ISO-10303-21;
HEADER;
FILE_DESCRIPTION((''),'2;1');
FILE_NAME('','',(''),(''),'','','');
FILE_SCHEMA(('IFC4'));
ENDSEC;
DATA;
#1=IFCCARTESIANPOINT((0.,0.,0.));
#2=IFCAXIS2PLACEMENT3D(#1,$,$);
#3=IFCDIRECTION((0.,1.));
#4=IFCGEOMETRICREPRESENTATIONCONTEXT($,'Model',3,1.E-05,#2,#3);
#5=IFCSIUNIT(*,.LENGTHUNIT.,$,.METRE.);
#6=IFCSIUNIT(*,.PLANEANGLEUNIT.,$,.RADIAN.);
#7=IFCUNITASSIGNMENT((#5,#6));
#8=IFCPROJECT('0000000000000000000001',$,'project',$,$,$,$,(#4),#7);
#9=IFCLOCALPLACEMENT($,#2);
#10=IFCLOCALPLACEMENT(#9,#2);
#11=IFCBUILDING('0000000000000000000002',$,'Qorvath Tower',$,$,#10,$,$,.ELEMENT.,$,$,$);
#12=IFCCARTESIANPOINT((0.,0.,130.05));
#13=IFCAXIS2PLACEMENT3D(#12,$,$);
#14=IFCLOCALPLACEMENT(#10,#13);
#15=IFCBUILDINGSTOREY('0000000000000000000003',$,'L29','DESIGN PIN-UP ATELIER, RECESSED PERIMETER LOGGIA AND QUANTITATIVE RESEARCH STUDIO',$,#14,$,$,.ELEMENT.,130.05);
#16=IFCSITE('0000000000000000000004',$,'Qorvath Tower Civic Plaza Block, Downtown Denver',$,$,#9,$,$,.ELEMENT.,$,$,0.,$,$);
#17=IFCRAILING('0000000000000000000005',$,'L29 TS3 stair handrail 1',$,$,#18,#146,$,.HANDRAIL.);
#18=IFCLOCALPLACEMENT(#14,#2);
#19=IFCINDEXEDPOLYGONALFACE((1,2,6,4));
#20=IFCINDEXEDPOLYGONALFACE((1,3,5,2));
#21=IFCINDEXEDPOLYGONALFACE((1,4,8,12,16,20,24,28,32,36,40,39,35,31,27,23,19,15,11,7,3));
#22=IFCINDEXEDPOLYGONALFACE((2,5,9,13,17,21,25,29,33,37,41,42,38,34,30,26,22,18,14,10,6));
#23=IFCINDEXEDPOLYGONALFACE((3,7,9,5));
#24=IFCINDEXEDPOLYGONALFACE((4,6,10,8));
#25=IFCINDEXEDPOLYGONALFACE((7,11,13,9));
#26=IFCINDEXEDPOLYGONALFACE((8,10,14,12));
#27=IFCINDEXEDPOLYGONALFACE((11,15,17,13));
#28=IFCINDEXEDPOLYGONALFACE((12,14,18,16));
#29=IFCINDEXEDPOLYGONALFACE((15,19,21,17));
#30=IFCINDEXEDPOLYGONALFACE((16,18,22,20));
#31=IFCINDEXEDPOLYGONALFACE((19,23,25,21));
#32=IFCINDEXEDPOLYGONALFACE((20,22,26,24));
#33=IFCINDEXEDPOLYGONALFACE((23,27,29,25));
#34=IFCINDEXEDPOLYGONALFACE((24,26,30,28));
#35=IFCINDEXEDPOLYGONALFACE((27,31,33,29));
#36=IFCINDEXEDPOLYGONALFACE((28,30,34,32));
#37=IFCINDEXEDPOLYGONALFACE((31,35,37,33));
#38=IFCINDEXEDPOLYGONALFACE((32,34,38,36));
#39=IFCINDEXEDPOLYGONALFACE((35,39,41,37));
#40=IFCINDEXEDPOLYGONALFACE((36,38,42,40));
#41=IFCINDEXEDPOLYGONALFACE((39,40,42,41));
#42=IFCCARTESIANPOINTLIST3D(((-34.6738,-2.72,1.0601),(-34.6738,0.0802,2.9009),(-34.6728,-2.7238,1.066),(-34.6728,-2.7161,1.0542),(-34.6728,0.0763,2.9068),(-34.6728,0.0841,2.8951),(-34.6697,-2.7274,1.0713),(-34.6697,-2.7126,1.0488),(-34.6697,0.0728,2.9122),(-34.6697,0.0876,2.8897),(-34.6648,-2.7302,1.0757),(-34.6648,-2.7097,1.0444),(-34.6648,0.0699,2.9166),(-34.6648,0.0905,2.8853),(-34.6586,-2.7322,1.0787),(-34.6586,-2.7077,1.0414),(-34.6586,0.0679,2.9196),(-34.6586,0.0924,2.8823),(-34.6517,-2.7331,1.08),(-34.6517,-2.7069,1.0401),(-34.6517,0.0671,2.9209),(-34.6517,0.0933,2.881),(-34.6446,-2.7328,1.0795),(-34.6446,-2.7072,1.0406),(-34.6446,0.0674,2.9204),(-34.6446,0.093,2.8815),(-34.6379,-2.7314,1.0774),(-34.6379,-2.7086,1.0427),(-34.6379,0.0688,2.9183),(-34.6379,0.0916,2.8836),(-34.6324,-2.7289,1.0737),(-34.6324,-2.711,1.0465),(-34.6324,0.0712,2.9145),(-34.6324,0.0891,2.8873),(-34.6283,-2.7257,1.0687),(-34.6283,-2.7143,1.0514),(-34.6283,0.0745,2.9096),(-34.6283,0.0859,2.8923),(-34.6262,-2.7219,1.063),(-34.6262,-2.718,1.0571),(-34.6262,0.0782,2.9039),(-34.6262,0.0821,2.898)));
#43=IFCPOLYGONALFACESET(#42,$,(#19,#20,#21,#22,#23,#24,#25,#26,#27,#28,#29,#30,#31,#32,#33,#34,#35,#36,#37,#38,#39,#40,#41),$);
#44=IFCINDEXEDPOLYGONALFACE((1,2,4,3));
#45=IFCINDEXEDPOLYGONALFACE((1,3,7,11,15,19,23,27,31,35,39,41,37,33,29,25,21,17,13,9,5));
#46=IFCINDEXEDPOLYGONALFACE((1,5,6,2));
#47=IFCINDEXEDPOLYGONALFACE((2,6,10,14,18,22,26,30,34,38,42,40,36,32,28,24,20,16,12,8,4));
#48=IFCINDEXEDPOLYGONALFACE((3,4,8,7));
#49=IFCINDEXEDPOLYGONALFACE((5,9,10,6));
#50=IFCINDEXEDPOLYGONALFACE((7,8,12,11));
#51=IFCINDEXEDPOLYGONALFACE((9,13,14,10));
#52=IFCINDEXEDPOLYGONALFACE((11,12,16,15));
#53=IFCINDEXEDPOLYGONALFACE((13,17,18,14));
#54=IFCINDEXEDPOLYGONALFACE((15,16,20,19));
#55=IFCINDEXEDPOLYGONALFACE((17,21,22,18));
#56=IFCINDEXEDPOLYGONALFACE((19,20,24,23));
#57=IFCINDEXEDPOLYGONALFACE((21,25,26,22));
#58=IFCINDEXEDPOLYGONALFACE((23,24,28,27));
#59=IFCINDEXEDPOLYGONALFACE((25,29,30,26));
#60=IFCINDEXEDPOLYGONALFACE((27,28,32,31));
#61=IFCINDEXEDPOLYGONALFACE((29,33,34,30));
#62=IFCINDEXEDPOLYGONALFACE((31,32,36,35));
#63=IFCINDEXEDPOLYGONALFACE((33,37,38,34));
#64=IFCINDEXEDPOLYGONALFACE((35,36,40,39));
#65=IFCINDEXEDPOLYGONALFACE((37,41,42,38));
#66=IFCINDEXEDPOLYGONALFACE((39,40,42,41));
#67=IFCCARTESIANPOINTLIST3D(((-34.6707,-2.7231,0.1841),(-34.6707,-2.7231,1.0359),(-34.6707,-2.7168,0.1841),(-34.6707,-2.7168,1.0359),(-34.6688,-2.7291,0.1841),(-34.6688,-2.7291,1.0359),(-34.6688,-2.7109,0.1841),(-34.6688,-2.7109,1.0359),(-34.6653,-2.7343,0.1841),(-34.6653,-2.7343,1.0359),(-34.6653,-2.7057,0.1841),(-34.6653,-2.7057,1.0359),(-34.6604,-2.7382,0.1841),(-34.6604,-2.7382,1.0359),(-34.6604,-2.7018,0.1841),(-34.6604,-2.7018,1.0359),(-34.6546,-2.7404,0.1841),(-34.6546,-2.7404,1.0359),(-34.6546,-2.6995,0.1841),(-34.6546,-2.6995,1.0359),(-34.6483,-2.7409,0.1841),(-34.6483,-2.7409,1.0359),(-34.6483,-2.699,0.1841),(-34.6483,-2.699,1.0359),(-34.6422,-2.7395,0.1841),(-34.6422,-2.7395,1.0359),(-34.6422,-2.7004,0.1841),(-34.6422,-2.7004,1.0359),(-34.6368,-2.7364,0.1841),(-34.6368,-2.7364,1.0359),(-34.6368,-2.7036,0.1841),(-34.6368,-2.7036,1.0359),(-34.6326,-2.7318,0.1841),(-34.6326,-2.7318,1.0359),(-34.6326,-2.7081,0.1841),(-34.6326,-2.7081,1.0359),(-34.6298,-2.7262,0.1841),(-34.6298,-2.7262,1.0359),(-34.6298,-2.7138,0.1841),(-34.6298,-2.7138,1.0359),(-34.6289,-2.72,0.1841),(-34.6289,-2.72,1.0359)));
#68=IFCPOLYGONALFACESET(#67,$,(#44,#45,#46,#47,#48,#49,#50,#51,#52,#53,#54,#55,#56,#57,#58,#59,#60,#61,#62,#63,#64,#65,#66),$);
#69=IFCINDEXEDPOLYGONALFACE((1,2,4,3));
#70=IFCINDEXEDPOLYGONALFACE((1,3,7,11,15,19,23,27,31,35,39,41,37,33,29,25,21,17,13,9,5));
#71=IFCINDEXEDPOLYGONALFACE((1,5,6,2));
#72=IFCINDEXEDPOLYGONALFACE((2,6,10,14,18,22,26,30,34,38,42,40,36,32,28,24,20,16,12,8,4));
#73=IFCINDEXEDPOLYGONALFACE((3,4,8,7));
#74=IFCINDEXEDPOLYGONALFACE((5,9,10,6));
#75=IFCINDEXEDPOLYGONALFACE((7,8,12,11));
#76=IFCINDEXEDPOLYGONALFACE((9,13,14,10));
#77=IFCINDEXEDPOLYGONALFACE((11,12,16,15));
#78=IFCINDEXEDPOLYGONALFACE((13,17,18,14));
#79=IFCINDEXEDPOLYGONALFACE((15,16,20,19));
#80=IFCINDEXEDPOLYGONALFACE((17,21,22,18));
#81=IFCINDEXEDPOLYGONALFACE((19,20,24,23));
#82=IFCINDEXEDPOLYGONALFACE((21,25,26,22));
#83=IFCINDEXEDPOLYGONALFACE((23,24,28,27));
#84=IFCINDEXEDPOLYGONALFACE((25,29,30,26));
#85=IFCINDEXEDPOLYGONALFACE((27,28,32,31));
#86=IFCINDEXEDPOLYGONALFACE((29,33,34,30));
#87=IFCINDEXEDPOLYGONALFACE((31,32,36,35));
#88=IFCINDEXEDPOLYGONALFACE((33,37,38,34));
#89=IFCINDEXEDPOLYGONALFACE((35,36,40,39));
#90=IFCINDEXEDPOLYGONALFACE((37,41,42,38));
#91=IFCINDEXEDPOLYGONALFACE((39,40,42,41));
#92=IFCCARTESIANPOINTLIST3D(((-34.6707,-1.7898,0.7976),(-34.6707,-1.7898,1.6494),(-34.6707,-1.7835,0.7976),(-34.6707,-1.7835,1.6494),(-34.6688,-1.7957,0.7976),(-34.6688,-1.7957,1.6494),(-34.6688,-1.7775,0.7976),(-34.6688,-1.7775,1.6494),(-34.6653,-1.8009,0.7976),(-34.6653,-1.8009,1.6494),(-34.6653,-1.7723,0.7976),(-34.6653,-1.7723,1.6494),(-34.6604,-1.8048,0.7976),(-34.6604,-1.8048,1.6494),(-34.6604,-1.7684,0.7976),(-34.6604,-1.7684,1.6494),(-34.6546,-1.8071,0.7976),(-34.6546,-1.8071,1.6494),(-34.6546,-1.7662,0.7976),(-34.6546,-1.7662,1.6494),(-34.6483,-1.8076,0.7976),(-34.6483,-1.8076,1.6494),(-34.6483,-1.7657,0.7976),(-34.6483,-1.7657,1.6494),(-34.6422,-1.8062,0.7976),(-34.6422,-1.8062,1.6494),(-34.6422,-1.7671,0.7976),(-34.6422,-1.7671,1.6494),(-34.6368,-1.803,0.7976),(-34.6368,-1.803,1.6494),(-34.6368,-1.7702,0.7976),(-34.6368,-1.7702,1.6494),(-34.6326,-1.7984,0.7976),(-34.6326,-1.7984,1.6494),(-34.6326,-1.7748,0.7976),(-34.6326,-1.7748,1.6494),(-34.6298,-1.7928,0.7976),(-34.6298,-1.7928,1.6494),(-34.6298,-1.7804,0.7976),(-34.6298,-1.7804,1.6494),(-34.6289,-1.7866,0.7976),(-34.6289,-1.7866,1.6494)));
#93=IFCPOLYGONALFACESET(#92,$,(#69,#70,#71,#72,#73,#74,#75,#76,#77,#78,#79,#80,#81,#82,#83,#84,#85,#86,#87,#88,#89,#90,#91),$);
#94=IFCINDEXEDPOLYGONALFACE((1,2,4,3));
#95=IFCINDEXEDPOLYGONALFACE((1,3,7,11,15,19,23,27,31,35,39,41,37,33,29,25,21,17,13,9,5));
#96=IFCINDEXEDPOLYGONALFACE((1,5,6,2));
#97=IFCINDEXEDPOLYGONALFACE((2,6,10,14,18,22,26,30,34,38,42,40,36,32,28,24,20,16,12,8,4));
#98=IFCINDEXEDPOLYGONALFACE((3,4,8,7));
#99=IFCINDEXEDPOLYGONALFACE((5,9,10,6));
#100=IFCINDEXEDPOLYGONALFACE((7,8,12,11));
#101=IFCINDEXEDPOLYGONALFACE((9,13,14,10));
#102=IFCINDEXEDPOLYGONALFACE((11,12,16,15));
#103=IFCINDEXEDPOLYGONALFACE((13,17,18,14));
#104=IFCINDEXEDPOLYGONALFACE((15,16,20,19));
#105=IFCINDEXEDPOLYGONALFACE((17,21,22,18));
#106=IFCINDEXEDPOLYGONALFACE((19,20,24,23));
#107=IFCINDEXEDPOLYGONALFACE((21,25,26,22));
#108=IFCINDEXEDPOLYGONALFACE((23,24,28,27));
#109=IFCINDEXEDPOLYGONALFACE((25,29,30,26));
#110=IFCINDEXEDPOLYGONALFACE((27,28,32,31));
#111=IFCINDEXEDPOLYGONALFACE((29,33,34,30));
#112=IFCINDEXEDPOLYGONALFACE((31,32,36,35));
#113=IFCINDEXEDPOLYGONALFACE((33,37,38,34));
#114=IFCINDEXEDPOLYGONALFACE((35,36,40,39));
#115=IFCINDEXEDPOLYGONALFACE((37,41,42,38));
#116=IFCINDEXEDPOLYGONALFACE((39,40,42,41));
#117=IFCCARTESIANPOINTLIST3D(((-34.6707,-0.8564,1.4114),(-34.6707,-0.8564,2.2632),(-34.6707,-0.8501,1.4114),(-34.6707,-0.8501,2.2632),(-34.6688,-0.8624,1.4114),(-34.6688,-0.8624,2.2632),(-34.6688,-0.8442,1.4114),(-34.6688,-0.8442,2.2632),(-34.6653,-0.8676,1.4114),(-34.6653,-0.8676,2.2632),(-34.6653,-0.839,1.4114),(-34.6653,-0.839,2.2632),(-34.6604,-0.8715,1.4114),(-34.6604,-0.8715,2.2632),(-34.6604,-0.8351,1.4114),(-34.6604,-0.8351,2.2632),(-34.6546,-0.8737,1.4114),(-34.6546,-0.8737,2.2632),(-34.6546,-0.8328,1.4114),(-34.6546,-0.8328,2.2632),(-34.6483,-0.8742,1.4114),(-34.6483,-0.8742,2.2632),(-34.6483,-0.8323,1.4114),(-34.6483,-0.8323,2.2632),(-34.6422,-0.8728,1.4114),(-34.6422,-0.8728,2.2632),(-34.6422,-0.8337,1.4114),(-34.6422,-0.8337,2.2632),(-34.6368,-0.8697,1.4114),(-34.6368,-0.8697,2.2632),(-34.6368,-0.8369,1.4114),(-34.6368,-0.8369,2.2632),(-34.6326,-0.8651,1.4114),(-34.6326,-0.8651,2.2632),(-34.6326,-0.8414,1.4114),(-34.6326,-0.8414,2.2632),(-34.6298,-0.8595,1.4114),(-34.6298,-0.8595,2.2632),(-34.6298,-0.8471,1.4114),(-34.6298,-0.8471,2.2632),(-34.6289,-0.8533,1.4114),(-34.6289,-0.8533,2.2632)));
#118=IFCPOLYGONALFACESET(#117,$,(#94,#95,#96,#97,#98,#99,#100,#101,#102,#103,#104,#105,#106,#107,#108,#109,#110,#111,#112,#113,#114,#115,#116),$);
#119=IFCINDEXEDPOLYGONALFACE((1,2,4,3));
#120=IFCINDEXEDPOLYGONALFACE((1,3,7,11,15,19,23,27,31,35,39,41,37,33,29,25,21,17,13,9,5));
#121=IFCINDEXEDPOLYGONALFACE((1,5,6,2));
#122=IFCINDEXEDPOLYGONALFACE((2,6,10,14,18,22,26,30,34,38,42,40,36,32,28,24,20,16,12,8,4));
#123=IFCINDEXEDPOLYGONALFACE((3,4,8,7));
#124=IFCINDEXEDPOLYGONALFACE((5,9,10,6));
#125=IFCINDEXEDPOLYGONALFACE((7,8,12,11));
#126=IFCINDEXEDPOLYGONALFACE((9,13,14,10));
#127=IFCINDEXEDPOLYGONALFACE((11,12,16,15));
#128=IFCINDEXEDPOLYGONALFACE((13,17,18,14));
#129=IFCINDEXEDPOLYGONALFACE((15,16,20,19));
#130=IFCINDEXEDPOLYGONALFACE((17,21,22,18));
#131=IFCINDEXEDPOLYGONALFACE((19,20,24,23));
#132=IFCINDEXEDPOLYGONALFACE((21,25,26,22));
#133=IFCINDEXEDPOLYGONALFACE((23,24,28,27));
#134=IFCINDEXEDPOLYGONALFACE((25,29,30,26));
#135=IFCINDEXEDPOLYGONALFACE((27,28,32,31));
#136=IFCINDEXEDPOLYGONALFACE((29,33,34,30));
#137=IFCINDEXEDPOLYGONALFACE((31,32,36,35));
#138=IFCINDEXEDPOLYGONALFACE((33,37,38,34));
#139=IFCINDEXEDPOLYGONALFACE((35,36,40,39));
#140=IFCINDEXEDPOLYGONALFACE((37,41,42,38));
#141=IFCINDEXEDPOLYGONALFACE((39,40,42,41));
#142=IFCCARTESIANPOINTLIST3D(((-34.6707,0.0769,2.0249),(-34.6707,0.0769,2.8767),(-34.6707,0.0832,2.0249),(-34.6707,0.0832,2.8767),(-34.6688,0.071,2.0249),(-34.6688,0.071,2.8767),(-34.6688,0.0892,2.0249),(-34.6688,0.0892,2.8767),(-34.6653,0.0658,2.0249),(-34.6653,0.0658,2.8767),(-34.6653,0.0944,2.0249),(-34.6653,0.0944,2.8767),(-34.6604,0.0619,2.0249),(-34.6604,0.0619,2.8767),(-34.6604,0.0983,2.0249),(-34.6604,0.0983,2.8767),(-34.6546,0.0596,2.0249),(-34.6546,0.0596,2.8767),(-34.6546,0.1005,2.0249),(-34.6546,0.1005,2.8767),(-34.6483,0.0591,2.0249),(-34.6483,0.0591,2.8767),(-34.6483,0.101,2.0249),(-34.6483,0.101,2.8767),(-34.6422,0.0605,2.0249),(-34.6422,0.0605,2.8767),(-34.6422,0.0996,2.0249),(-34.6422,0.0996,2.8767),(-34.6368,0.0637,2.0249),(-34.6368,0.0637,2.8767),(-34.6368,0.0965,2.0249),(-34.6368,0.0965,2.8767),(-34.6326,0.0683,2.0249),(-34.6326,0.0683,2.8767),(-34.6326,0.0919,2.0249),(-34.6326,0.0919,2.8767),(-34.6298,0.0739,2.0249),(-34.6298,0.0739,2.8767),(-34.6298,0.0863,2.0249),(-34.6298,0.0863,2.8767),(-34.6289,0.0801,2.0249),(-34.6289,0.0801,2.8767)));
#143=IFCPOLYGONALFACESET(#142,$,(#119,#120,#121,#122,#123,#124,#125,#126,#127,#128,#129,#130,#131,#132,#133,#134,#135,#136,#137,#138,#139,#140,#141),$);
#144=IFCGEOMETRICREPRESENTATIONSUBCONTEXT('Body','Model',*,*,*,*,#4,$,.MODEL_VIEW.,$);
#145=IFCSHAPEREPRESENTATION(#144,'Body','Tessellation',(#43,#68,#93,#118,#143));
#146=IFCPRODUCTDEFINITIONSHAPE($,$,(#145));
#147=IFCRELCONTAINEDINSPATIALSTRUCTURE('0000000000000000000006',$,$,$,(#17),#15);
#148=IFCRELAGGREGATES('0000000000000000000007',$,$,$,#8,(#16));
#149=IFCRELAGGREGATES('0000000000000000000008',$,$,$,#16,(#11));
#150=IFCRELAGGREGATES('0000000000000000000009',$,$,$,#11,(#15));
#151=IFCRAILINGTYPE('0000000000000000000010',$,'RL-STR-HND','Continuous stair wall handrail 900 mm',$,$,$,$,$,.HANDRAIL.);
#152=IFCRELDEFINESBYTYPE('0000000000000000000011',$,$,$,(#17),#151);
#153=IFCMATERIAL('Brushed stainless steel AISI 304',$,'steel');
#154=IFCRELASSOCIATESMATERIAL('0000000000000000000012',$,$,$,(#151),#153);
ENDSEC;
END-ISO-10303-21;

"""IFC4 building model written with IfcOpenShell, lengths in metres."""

from ifc_helpers import new_model, si_unit, direction, frame, origin, origin_2d, place, context, subcontext, project, spatial, circle, extrude, material, type_object, element, save


model = new_model("IFC4")

# Units and contexts
model_context = context("Model", 3, precision=1e-05, world=origin(), true_north=direction((0.0, 1.0)))
body_context = subcontext(model_context, "Body", "Model", "MODEL_VIEW")
ifc_project = project(units=[si_unit("LENGTHUNIT", "METRE"), si_unit("PLANEANGLEUNIT", "RADIAN")], contexts=[model_context])

# Site, building, storey
site_placement = place(None, origin())
site = spatial("IfcSite", under=ifc_project, at=site_placement, Name="Qorvath Tower Civic Plaza Block, Downtown Denver", CompositionType="ELEMENT", RefElevation=0.0)
building_placement = place(site_placement, origin())
building = spatial("IfcBuilding", under=site, at=building_placement, Name="Qorvath Tower", CompositionType="ELEMENT")
storey_placement = place(building_placement, frame((0.0, 0.0, 130.05)))
storey = spatial("IfcBuildingStorey", under=building, at=storey_placement, Name="L29", Description="DESIGN PIN-UP ATELIER, RECESSED PERIMETER LOGGIA AND QUANTITATIVE RESEARCH STUDIO", CompositionType="ELEMENT", Elevation=130.05)

# Railing
ifc_material_1 = material(Name="Brushed stainless steel AISI 304", Category="steel")
railing_type_1 = type_object("IfcRailingType", Name="RL-STR-HND", Description="Continuous stair wall handrail 900 mm", PredefinedType="HANDRAIL", material=ifc_material_1)
railing_1_placement = place(storey_placement, frame((-34.6499, -2.72, 0.1841)))
element("IfcRailing", 1, at=railing_1_placement, inside=storey, type_object=railing_type_1, Name="L29 TS3 stair handrail 1", PredefinedType="HANDRAIL", context=body_context, shape_type="SweptSolid", body=[
    extrude(circle(Radius=0.0239, at=origin_2d()), frame((0.0, 0.0, 0.876), z_axis=(0.0, 0.835598, 0.549342), x_axis=(-1.0, 0.0, 0.0)), (0.0, 0.0, 1.0), 3.3511),
    extrude(circle(Radius=0.021, at=origin_2d()), origin(), (0.0, 0.0, 1.0), 0.8518),
    extrude(circle(Radius=0.021, at=origin_2d()), frame((0.0, 0.9333, 0.6135)), (0.0, 0.0, 1.0), 0.8518),
    extrude(circle(Radius=0.021, at=origin_2d()), frame((0.0, 1.8667, 1.2273)), (0.0, 0.0, 1.0), 0.8518),
    extrude(circle(Radius=0.021, at=origin_2d()), frame((0.0, 2.8, 1.8408)), (0.0, 0.0, 1.0), 0.8518),
])

save(model, "model.ifc")
